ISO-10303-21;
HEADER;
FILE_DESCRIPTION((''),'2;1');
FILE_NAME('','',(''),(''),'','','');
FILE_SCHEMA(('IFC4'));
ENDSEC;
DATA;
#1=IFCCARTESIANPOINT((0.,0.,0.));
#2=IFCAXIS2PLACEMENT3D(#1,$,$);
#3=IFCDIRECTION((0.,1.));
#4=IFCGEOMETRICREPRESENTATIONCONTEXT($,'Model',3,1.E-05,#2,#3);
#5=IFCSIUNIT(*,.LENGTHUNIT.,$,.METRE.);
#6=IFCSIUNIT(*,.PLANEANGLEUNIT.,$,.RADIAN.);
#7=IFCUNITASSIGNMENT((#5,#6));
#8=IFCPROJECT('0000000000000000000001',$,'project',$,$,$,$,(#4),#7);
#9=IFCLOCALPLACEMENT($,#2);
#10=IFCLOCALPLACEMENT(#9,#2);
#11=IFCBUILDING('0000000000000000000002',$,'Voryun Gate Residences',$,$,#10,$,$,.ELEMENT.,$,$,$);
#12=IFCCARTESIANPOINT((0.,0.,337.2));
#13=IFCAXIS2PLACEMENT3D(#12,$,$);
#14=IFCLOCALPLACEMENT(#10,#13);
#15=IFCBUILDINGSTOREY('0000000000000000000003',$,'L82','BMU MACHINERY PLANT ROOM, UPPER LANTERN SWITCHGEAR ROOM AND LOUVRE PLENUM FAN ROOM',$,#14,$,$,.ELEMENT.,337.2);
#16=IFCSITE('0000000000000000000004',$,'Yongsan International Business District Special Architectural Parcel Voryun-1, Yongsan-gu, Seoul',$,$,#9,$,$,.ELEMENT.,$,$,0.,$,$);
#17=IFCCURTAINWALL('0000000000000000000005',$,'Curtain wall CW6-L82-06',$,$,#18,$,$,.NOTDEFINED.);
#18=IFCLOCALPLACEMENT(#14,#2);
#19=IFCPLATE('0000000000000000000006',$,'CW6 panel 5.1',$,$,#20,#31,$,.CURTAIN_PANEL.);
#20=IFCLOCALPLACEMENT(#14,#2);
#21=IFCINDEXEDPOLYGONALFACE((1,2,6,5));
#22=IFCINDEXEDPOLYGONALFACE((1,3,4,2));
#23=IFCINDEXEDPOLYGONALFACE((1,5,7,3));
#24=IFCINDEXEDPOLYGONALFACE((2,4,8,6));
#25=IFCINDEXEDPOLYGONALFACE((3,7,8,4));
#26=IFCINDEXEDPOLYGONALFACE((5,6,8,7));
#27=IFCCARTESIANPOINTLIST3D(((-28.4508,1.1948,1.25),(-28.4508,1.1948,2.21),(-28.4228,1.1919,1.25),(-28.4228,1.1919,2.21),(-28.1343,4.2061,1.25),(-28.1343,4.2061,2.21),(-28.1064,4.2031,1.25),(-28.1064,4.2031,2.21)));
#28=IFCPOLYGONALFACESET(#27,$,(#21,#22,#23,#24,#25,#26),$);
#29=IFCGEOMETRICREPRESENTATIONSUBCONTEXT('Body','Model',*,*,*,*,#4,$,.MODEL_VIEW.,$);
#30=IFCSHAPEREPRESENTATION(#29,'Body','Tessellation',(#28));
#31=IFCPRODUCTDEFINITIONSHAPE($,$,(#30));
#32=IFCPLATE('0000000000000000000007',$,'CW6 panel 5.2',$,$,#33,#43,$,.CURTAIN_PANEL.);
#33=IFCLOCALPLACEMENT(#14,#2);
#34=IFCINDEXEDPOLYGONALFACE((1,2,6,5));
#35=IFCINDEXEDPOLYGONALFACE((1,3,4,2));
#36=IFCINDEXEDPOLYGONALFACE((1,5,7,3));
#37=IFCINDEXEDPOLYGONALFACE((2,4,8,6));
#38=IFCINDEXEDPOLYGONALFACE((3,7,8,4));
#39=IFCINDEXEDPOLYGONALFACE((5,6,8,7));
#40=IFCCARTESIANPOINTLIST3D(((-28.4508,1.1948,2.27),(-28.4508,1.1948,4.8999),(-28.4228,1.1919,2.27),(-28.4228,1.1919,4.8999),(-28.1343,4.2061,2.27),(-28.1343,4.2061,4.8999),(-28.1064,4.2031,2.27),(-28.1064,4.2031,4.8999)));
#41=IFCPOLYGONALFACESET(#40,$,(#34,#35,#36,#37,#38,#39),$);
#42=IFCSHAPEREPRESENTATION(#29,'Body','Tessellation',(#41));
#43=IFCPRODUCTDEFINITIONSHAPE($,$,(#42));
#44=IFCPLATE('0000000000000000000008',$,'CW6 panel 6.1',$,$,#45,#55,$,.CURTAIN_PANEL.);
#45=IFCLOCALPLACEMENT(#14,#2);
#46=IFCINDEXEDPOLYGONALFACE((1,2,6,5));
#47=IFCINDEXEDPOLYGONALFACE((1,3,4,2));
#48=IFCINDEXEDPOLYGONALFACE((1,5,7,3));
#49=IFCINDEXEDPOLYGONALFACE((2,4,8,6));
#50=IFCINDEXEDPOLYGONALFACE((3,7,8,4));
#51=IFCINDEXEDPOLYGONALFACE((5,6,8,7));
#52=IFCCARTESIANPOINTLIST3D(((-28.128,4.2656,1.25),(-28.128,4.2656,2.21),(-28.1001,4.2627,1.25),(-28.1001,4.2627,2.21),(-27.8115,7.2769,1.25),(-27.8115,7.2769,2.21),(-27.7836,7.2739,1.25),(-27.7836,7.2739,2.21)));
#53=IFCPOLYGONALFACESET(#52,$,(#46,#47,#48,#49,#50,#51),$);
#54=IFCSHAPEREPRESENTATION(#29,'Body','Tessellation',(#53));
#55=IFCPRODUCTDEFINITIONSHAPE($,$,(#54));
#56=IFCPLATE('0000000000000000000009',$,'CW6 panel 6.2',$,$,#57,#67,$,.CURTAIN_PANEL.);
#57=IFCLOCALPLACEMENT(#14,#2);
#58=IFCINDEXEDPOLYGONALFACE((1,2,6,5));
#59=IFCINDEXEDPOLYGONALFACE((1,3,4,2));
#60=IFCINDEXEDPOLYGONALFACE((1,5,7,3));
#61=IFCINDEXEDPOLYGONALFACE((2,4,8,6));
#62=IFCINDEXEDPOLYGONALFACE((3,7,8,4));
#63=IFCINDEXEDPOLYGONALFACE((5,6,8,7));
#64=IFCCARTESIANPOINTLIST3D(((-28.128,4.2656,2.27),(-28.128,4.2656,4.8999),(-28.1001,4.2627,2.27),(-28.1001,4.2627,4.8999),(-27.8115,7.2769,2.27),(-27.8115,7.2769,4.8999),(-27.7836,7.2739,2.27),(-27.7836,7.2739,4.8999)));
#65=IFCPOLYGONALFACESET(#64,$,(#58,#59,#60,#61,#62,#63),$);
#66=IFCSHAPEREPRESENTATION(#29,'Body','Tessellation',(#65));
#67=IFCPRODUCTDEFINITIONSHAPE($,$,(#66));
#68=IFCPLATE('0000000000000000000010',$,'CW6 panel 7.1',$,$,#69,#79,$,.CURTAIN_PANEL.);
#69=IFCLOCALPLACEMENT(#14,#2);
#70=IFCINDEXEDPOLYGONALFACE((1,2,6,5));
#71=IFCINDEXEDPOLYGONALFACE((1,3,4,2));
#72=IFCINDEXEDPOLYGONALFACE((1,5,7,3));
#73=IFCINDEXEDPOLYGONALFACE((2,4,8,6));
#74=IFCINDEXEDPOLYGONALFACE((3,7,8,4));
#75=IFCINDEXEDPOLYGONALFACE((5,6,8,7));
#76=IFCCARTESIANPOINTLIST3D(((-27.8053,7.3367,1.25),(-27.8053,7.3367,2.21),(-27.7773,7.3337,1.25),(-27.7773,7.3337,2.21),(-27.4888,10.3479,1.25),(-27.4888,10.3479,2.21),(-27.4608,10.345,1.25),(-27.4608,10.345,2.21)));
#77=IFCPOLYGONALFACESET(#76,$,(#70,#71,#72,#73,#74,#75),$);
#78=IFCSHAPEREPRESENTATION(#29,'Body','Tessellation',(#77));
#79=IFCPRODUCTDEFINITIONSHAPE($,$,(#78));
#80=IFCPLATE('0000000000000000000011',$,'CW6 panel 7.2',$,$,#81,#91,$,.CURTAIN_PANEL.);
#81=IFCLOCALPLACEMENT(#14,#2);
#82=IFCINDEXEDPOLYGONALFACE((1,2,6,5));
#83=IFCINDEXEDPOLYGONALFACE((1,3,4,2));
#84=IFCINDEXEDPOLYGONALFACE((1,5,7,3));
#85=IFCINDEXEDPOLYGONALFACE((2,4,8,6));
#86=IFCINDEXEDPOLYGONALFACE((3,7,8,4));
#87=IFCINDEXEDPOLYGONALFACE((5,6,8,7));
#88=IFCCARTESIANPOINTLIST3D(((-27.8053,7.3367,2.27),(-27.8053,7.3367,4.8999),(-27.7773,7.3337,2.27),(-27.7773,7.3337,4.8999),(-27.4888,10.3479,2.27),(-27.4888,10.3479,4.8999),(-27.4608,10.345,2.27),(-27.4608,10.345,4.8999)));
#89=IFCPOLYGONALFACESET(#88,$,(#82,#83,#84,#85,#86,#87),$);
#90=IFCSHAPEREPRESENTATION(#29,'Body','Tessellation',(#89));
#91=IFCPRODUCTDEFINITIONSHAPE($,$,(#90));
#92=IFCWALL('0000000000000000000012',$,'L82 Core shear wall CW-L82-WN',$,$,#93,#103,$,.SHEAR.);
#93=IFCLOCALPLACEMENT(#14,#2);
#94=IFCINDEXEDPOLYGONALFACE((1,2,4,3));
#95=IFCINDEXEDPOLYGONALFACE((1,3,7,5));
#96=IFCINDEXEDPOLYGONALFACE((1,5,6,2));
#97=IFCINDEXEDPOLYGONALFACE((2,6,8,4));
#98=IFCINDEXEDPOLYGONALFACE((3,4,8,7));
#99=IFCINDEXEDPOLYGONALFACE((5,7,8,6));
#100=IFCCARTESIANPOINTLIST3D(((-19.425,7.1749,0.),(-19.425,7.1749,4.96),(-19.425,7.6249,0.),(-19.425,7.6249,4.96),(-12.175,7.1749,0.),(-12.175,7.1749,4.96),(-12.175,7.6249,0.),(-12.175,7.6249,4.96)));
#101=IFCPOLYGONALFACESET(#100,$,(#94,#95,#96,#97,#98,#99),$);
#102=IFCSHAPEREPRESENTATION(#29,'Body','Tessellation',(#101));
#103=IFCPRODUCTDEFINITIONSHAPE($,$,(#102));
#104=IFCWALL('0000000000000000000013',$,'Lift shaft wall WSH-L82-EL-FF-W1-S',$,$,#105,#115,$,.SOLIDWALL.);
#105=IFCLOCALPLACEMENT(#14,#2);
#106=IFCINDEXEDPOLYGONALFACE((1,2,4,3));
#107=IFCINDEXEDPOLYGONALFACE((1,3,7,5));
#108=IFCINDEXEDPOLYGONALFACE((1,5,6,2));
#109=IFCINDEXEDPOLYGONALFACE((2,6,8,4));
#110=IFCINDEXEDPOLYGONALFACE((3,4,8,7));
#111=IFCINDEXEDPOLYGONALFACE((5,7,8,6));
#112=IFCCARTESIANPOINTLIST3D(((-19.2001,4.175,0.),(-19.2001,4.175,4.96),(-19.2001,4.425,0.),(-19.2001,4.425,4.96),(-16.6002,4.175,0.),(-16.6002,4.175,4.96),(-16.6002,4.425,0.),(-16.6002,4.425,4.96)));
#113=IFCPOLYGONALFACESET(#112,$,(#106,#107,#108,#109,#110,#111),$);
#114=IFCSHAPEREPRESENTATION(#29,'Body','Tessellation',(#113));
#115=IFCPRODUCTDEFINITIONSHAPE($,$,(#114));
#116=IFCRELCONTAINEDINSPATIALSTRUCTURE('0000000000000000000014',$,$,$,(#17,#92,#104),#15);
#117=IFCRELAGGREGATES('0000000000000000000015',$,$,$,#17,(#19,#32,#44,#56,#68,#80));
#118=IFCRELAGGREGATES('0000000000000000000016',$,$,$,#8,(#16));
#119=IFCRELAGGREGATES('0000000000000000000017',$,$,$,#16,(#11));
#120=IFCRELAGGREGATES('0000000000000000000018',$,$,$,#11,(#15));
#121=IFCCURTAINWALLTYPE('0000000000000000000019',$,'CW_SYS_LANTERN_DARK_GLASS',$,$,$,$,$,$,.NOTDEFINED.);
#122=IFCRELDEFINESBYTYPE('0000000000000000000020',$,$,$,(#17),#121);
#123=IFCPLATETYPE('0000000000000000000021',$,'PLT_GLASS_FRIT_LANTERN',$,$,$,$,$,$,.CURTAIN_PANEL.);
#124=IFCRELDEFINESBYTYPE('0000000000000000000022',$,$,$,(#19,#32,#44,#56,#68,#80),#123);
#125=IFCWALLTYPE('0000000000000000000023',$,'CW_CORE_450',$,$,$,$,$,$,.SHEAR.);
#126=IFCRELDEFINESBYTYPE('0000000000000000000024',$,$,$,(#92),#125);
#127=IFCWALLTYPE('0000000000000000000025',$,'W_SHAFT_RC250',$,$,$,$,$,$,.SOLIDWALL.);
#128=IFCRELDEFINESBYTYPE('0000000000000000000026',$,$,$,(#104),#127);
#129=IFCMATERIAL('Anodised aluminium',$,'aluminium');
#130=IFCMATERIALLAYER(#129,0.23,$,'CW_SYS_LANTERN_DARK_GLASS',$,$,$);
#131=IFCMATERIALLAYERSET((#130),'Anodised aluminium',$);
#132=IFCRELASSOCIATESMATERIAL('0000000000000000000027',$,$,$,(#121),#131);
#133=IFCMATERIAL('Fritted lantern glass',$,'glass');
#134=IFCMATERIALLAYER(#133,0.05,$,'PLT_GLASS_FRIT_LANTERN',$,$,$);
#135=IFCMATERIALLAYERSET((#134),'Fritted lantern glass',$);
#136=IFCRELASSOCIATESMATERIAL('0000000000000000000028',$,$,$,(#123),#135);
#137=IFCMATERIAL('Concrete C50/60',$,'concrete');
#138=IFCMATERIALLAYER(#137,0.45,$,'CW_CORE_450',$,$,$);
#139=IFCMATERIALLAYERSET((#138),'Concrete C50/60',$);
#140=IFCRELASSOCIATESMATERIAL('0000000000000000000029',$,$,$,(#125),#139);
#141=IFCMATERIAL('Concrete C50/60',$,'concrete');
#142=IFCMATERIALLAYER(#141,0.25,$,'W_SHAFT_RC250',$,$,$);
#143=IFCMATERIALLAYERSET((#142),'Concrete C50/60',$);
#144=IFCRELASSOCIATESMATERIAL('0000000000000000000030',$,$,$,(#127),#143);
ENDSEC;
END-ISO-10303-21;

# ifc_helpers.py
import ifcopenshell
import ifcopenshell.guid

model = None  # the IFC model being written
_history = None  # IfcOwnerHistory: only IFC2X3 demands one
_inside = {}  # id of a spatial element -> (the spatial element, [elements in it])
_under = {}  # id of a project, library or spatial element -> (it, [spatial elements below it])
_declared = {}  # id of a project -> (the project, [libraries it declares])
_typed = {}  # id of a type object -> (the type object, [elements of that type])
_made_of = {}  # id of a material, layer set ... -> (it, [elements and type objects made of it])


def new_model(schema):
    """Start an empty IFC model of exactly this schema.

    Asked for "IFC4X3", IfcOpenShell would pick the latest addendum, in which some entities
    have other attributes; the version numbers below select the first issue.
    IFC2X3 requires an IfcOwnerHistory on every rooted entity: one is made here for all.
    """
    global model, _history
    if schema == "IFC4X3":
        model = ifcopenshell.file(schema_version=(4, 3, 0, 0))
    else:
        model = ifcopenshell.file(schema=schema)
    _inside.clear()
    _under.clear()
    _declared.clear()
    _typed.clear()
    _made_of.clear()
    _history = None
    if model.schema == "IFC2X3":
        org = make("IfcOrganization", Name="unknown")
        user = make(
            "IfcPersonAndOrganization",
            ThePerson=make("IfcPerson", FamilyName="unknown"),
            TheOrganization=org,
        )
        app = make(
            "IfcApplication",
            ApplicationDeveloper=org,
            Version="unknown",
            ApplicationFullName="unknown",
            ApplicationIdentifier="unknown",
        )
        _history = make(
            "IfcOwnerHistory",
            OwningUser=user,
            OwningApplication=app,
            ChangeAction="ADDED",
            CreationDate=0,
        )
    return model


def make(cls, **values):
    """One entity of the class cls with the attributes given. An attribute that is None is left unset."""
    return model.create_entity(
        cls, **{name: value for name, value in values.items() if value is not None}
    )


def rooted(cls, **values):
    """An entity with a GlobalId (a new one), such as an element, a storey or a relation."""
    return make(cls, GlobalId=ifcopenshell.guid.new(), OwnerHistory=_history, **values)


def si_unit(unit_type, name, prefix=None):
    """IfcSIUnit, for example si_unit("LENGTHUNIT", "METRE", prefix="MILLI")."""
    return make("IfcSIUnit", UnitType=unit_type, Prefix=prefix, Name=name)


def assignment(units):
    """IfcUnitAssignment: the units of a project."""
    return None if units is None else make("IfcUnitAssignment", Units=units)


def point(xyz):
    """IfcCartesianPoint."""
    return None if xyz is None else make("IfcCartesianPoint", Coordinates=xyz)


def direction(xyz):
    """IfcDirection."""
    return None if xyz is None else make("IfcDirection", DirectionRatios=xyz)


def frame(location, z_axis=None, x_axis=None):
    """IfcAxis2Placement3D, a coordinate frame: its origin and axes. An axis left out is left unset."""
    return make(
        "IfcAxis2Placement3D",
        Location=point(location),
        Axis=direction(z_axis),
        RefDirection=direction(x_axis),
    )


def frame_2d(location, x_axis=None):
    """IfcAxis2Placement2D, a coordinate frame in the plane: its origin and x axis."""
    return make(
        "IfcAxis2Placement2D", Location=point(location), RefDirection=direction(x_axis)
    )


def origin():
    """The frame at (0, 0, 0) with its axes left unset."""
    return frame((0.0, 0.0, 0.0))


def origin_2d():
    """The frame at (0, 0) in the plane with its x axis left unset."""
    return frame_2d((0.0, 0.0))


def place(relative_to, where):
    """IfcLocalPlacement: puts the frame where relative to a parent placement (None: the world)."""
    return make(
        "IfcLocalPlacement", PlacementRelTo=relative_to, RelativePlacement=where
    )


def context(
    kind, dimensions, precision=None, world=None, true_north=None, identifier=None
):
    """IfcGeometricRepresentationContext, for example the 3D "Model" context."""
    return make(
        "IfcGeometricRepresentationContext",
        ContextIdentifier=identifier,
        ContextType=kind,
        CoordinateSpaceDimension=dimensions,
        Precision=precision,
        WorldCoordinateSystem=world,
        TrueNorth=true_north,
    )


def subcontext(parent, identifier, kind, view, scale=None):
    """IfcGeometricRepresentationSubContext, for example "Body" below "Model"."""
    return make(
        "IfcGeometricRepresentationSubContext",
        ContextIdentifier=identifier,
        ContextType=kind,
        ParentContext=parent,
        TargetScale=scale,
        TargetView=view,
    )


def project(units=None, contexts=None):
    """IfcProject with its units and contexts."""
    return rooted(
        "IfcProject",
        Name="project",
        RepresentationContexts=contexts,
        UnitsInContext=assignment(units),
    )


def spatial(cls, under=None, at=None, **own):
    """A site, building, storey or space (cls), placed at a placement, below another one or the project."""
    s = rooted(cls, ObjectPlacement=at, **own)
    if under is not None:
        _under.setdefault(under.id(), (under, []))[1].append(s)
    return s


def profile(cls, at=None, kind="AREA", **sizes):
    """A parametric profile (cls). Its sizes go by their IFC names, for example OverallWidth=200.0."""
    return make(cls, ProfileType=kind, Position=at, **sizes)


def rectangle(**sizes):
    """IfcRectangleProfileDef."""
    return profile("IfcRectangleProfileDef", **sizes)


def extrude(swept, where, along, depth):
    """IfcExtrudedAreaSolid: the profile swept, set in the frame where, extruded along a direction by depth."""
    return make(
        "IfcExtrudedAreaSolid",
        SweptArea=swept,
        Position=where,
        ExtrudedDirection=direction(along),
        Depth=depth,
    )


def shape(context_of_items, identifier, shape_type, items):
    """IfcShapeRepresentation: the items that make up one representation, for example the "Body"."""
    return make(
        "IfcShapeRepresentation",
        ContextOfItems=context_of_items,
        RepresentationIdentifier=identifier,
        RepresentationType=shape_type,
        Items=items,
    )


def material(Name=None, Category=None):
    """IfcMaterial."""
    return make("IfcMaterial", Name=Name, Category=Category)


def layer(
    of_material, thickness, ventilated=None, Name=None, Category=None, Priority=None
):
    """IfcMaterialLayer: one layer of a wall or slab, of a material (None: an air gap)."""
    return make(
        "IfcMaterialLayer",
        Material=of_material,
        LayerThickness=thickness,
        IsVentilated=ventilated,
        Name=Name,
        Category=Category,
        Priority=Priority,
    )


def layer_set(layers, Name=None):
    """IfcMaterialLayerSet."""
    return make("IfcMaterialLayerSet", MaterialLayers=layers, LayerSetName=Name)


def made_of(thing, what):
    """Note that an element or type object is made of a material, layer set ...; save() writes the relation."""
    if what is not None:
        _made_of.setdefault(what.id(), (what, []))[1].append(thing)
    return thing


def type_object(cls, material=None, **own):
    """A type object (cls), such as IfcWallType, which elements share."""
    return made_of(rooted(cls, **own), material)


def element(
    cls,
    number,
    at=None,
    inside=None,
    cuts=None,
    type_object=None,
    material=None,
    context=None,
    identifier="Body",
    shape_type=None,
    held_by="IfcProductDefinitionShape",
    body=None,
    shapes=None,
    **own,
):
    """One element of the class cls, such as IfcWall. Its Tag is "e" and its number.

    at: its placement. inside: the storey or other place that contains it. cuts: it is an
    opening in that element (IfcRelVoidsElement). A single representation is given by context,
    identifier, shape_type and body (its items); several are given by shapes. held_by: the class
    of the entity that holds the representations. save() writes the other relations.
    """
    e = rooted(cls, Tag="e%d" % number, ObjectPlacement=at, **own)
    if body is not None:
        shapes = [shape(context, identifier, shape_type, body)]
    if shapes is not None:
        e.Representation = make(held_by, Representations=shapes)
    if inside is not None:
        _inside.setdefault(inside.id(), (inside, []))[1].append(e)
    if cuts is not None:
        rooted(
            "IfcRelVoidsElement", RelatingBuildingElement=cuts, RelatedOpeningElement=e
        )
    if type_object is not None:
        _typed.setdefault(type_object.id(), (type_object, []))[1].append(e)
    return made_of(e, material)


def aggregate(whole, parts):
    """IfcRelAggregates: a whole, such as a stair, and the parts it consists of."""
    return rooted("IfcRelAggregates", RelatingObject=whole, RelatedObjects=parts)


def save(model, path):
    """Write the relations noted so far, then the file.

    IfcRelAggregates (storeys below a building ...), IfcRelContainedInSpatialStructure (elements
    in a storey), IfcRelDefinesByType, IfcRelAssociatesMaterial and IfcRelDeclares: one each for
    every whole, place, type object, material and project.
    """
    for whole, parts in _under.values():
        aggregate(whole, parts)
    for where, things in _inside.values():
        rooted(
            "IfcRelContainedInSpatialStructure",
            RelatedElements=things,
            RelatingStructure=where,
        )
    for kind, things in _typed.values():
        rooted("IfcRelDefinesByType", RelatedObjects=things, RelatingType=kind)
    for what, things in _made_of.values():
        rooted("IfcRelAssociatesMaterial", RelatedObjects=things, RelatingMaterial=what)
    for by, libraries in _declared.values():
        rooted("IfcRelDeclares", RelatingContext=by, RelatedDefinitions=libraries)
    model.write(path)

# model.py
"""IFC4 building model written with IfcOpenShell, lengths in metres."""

from ifc_helpers import new_model, si_unit, direction, frame, frame_2d, origin, origin_2d, place, context, subcontext, project, spatial, rectangle, extrude, material, layer, layer_set, type_object, element, aggregate, save


model = new_model("IFC4")

# Units and contexts
model_context = context("Model", 3, precision=1e-05, world=origin(), true_north=direction((0.0, 1.0)))
body_context = subcontext(model_context, "Body", "Model", "MODEL_VIEW")
ifc_project = project(units=[si_unit("LENGTHUNIT", "METRE"), si_unit("PLANEANGLEUNIT", "RADIAN")], contexts=[model_context])

# Site, building, storey
site_placement = place(None, origin())
site = spatial("IfcSite", under=ifc_project, at=site_placement, Name="Yongsan International Business District Special Architectural Parcel Voryun-1, Yongsan-gu, Seoul", CompositionType="ELEMENT", RefElevation=0.0)
building_placement = place(site_placement, origin())
building = spatial("IfcBuilding", under=site, at=building_placement, Name="Voryun Gate Residences", CompositionType="ELEMENT")
storey_placement = place(building_placement, frame((0.0, 0.0, 337.2)))
storey = spatial("IfcBuildingStorey", under=building, at=storey_placement, Name="L82", Description="BMU MACHINERY PLANT ROOM, UPPER LANTERN SWITCHGEAR ROOM AND LOUVRE PLENUM FAN ROOM", CompositionType="ELEMENT", Elevation=337.2)

# Curtain wall
ifc_material_1 = material(Name="Anodised aluminium", Category="aluminium")
ifc_layer_1 = layer(ifc_material_1, 0.23, Name="CW_SYS_LANTERN_DARK_GLASS")
ifc_layer_set_1 = layer_set([ifc_layer_1], Name="Anodised aluminium")
curtain_wall_type = type_object("IfcCurtainWallType", Name="CW_SYS_LANTERN_DARK_GLASS", PredefinedType="NOTDEFINED", material=ifc_layer_set_1)
curtain_wall_placement = place(storey_placement, origin())
curtain_wall = element("IfcCurtainWall", 1, at=curtain_wall_placement, inside=storey, type_object=curtain_wall_type, Name="Curtain wall CW6-L82-06", PredefinedType="NOTDEFINED")

# Plates
ifc_material_2 = material(Name="Fritted lantern glass", Category="glass")
ifc_layer_2 = layer(ifc_material_2, 0.05, Name="PLT_GLASS_FRIT_LANTERN")
ifc_layer_set_2 = layer_set([ifc_layer_2], Name="Fritted lantern glass")
plate_type_1 = type_object("IfcPlateType", Name="PLT_GLASS_FRIT_LANTERN", PredefinedType="CURTAIN_PANEL", material=ifc_layer_set_2)
plate_1_placement = place(storey_placement, frame((-28.2786, 2.699, 1.25), z_axis=(0.0, 0.0, 1.0), x_axis=(0.104528, 0.994522, 0.0)))
plate_1 = element("IfcPlate", 2, at=plate_1_placement, type_object=plate_type_1, Name="CW6 panel 5.1", PredefinedType="CURTAIN_PANEL", context=body_context, shape_type="SweptSolid", body=[
    extrude(rectangle(XDim=3.0278, YDim=0.0281, at=origin_2d()), origin(), (0.0, 0.0, 1.0), 0.96),
])
plate_2_placement = place(storey_placement, frame((-28.2786, 2.699, 2.27), z_axis=(0.0, 0.0, 1.0), x_axis=(0.104528, 0.994522, 0.0)))
plate_2 = element("IfcPlate", 3, at=plate_2_placement, type_object=plate_type_1, Name="CW6 panel 5.2", PredefinedType="CURTAIN_PANEL", context=body_context, shape_type="SweptSolid", body=[
    extrude(rectangle(XDim=3.0278, YDim=0.0281, at=origin_2d()), origin(), (0.0, 0.0, 1.0), 2.6299),
])
plate_3_placement = place(storey_placement, frame((-27.9558, 5.7698, 1.25), z_axis=(0.0, 0.0, 1.0), x_axis=(0.104528, 0.994522, 0.0)))
plate_3 = element("IfcPlate", 4, at=plate_3_placement, type_object=plate_type_1, Name="CW6 panel 6.1", PredefinedType="CURTAIN_PANEL", context=body_context, shape_type="SweptSolid", body=[
    extrude(rectangle(XDim=3.0278, YDim=0.0281, at=origin_2d()), origin(), (0.0, 0.0, 1.0), 0.96),
])
plate_4_placement = place(storey_placement, frame((-27.9558, 5.7698, 2.27), z_axis=(0.0, 0.0, 1.0), x_axis=(0.104528, 0.994522, 0.0)))
plate_4 = element("IfcPlate", 5, at=plate_4_placement, type_object=plate_type_1, Name="CW6 panel 6.2", PredefinedType="CURTAIN_PANEL", context=body_context, shape_type="SweptSolid", body=[
    extrude(rectangle(XDim=3.0278, YDim=0.0281, at=origin_2d()), origin(), (0.0, 0.0, 1.0), 2.6299),
])
plate_5_placement = place(storey_placement, frame((-27.6331, 8.8408, 1.25), z_axis=(0.0, 0.0, 1.0), x_axis=(0.104528, 0.994522, 0.0)))
plate_5 = element("IfcPlate", 6, at=plate_5_placement, type_object=plate_type_1, Name="CW6 panel 7.1", PredefinedType="CURTAIN_PANEL", context=body_context, shape_type="SweptSolid", body=[
    extrude(rectangle(XDim=3.0278, YDim=0.0281, at=origin_2d()), origin(), (0.0, 0.0, 1.0), 0.96),
])
plate_6_placement = place(storey_placement, frame((-27.6331, 8.8408, 2.27), z_axis=(0.0, 0.0, 1.0), x_axis=(0.104528, 0.994522, 0.0)))
plate_6 = element("IfcPlate", 7, at=plate_6_placement, type_object=plate_type_1, Name="CW6 panel 7.2", PredefinedType="CURTAIN_PANEL", context=body_context, shape_type="SweptSolid", body=[
    extrude(rectangle(XDim=3.0278, YDim=0.0281, at=origin_2d()), origin(), (0.0, 0.0, 1.0), 2.6299),
])
aggregate(curtain_wall, [plate_1, plate_2, plate_3, plate_4, plate_5, plate_6])

# Walls
ifc_material_3 = material(Name="Concrete C50/60", Category="concrete")
ifc_layer_3 = layer(ifc_material_3, 0.45, Name="CW_CORE_450")
ifc_layer_set_3 = layer_set([ifc_layer_3], Name="Concrete C50/60")
wall_type_1 = type_object("IfcWallType", Name="CW_CORE_450", PredefinedType="SHEAR", material=ifc_layer_set_3)
wall_1_placement = place(storey_placement, frame((-19.425, 7.3999, 0.0), z_axis=(0.0, 0.0, 1.0), x_axis=(1.0, 0.0, 0.0)))
element("IfcWall", 8, at=wall_1_placement, inside=storey, type_object=wall_type_1, Name="L82 Core shear wall CW-L82-WN", PredefinedType="SHEAR", context=body_context, shape_type="SweptSolid", body=[
    extrude(rectangle(XDim=7.25, YDim=0.45, at=frame_2d((3.625, 0.0))), origin(), (0.0, 0.0, 1.0), 4.96),
])
ifc_material_4 = material(Name="Concrete C50/60", Category="concrete")
ifc_layer_4 = layer(ifc_material_4, 0.25, Name="W_SHAFT_RC250")
ifc_layer_set_4 = layer_set([ifc_layer_4], Name="Concrete C50/60")
wall_type_2 = type_object("IfcWallType", Name="W_SHAFT_RC250", PredefinedType="SOLIDWALL", material=ifc_layer_set_4)
wall_2_placement = place(storey_placement, frame((-19.2, 4.3, 0.0), z_axis=(0.0, 0.0, 1.0), x_axis=(1.0, 0.0, 0.0)))
element("IfcWall", 9, at=wall_2_placement, inside=storey, type_object=wall_type_2, Name="Lift shaft wall WSH-L82-EL-FF-W1-S", PredefinedType="SOLIDWALL", context=body_context, shape_type="SweptSolid", body=[
    extrude(rectangle(XDim=2.5999, YDim=0.25, at=frame_2d((1.2998, 0.0))), origin(), (0.0, 0.0, 1.0), 4.96),
])

save(model, "model.ifc")
